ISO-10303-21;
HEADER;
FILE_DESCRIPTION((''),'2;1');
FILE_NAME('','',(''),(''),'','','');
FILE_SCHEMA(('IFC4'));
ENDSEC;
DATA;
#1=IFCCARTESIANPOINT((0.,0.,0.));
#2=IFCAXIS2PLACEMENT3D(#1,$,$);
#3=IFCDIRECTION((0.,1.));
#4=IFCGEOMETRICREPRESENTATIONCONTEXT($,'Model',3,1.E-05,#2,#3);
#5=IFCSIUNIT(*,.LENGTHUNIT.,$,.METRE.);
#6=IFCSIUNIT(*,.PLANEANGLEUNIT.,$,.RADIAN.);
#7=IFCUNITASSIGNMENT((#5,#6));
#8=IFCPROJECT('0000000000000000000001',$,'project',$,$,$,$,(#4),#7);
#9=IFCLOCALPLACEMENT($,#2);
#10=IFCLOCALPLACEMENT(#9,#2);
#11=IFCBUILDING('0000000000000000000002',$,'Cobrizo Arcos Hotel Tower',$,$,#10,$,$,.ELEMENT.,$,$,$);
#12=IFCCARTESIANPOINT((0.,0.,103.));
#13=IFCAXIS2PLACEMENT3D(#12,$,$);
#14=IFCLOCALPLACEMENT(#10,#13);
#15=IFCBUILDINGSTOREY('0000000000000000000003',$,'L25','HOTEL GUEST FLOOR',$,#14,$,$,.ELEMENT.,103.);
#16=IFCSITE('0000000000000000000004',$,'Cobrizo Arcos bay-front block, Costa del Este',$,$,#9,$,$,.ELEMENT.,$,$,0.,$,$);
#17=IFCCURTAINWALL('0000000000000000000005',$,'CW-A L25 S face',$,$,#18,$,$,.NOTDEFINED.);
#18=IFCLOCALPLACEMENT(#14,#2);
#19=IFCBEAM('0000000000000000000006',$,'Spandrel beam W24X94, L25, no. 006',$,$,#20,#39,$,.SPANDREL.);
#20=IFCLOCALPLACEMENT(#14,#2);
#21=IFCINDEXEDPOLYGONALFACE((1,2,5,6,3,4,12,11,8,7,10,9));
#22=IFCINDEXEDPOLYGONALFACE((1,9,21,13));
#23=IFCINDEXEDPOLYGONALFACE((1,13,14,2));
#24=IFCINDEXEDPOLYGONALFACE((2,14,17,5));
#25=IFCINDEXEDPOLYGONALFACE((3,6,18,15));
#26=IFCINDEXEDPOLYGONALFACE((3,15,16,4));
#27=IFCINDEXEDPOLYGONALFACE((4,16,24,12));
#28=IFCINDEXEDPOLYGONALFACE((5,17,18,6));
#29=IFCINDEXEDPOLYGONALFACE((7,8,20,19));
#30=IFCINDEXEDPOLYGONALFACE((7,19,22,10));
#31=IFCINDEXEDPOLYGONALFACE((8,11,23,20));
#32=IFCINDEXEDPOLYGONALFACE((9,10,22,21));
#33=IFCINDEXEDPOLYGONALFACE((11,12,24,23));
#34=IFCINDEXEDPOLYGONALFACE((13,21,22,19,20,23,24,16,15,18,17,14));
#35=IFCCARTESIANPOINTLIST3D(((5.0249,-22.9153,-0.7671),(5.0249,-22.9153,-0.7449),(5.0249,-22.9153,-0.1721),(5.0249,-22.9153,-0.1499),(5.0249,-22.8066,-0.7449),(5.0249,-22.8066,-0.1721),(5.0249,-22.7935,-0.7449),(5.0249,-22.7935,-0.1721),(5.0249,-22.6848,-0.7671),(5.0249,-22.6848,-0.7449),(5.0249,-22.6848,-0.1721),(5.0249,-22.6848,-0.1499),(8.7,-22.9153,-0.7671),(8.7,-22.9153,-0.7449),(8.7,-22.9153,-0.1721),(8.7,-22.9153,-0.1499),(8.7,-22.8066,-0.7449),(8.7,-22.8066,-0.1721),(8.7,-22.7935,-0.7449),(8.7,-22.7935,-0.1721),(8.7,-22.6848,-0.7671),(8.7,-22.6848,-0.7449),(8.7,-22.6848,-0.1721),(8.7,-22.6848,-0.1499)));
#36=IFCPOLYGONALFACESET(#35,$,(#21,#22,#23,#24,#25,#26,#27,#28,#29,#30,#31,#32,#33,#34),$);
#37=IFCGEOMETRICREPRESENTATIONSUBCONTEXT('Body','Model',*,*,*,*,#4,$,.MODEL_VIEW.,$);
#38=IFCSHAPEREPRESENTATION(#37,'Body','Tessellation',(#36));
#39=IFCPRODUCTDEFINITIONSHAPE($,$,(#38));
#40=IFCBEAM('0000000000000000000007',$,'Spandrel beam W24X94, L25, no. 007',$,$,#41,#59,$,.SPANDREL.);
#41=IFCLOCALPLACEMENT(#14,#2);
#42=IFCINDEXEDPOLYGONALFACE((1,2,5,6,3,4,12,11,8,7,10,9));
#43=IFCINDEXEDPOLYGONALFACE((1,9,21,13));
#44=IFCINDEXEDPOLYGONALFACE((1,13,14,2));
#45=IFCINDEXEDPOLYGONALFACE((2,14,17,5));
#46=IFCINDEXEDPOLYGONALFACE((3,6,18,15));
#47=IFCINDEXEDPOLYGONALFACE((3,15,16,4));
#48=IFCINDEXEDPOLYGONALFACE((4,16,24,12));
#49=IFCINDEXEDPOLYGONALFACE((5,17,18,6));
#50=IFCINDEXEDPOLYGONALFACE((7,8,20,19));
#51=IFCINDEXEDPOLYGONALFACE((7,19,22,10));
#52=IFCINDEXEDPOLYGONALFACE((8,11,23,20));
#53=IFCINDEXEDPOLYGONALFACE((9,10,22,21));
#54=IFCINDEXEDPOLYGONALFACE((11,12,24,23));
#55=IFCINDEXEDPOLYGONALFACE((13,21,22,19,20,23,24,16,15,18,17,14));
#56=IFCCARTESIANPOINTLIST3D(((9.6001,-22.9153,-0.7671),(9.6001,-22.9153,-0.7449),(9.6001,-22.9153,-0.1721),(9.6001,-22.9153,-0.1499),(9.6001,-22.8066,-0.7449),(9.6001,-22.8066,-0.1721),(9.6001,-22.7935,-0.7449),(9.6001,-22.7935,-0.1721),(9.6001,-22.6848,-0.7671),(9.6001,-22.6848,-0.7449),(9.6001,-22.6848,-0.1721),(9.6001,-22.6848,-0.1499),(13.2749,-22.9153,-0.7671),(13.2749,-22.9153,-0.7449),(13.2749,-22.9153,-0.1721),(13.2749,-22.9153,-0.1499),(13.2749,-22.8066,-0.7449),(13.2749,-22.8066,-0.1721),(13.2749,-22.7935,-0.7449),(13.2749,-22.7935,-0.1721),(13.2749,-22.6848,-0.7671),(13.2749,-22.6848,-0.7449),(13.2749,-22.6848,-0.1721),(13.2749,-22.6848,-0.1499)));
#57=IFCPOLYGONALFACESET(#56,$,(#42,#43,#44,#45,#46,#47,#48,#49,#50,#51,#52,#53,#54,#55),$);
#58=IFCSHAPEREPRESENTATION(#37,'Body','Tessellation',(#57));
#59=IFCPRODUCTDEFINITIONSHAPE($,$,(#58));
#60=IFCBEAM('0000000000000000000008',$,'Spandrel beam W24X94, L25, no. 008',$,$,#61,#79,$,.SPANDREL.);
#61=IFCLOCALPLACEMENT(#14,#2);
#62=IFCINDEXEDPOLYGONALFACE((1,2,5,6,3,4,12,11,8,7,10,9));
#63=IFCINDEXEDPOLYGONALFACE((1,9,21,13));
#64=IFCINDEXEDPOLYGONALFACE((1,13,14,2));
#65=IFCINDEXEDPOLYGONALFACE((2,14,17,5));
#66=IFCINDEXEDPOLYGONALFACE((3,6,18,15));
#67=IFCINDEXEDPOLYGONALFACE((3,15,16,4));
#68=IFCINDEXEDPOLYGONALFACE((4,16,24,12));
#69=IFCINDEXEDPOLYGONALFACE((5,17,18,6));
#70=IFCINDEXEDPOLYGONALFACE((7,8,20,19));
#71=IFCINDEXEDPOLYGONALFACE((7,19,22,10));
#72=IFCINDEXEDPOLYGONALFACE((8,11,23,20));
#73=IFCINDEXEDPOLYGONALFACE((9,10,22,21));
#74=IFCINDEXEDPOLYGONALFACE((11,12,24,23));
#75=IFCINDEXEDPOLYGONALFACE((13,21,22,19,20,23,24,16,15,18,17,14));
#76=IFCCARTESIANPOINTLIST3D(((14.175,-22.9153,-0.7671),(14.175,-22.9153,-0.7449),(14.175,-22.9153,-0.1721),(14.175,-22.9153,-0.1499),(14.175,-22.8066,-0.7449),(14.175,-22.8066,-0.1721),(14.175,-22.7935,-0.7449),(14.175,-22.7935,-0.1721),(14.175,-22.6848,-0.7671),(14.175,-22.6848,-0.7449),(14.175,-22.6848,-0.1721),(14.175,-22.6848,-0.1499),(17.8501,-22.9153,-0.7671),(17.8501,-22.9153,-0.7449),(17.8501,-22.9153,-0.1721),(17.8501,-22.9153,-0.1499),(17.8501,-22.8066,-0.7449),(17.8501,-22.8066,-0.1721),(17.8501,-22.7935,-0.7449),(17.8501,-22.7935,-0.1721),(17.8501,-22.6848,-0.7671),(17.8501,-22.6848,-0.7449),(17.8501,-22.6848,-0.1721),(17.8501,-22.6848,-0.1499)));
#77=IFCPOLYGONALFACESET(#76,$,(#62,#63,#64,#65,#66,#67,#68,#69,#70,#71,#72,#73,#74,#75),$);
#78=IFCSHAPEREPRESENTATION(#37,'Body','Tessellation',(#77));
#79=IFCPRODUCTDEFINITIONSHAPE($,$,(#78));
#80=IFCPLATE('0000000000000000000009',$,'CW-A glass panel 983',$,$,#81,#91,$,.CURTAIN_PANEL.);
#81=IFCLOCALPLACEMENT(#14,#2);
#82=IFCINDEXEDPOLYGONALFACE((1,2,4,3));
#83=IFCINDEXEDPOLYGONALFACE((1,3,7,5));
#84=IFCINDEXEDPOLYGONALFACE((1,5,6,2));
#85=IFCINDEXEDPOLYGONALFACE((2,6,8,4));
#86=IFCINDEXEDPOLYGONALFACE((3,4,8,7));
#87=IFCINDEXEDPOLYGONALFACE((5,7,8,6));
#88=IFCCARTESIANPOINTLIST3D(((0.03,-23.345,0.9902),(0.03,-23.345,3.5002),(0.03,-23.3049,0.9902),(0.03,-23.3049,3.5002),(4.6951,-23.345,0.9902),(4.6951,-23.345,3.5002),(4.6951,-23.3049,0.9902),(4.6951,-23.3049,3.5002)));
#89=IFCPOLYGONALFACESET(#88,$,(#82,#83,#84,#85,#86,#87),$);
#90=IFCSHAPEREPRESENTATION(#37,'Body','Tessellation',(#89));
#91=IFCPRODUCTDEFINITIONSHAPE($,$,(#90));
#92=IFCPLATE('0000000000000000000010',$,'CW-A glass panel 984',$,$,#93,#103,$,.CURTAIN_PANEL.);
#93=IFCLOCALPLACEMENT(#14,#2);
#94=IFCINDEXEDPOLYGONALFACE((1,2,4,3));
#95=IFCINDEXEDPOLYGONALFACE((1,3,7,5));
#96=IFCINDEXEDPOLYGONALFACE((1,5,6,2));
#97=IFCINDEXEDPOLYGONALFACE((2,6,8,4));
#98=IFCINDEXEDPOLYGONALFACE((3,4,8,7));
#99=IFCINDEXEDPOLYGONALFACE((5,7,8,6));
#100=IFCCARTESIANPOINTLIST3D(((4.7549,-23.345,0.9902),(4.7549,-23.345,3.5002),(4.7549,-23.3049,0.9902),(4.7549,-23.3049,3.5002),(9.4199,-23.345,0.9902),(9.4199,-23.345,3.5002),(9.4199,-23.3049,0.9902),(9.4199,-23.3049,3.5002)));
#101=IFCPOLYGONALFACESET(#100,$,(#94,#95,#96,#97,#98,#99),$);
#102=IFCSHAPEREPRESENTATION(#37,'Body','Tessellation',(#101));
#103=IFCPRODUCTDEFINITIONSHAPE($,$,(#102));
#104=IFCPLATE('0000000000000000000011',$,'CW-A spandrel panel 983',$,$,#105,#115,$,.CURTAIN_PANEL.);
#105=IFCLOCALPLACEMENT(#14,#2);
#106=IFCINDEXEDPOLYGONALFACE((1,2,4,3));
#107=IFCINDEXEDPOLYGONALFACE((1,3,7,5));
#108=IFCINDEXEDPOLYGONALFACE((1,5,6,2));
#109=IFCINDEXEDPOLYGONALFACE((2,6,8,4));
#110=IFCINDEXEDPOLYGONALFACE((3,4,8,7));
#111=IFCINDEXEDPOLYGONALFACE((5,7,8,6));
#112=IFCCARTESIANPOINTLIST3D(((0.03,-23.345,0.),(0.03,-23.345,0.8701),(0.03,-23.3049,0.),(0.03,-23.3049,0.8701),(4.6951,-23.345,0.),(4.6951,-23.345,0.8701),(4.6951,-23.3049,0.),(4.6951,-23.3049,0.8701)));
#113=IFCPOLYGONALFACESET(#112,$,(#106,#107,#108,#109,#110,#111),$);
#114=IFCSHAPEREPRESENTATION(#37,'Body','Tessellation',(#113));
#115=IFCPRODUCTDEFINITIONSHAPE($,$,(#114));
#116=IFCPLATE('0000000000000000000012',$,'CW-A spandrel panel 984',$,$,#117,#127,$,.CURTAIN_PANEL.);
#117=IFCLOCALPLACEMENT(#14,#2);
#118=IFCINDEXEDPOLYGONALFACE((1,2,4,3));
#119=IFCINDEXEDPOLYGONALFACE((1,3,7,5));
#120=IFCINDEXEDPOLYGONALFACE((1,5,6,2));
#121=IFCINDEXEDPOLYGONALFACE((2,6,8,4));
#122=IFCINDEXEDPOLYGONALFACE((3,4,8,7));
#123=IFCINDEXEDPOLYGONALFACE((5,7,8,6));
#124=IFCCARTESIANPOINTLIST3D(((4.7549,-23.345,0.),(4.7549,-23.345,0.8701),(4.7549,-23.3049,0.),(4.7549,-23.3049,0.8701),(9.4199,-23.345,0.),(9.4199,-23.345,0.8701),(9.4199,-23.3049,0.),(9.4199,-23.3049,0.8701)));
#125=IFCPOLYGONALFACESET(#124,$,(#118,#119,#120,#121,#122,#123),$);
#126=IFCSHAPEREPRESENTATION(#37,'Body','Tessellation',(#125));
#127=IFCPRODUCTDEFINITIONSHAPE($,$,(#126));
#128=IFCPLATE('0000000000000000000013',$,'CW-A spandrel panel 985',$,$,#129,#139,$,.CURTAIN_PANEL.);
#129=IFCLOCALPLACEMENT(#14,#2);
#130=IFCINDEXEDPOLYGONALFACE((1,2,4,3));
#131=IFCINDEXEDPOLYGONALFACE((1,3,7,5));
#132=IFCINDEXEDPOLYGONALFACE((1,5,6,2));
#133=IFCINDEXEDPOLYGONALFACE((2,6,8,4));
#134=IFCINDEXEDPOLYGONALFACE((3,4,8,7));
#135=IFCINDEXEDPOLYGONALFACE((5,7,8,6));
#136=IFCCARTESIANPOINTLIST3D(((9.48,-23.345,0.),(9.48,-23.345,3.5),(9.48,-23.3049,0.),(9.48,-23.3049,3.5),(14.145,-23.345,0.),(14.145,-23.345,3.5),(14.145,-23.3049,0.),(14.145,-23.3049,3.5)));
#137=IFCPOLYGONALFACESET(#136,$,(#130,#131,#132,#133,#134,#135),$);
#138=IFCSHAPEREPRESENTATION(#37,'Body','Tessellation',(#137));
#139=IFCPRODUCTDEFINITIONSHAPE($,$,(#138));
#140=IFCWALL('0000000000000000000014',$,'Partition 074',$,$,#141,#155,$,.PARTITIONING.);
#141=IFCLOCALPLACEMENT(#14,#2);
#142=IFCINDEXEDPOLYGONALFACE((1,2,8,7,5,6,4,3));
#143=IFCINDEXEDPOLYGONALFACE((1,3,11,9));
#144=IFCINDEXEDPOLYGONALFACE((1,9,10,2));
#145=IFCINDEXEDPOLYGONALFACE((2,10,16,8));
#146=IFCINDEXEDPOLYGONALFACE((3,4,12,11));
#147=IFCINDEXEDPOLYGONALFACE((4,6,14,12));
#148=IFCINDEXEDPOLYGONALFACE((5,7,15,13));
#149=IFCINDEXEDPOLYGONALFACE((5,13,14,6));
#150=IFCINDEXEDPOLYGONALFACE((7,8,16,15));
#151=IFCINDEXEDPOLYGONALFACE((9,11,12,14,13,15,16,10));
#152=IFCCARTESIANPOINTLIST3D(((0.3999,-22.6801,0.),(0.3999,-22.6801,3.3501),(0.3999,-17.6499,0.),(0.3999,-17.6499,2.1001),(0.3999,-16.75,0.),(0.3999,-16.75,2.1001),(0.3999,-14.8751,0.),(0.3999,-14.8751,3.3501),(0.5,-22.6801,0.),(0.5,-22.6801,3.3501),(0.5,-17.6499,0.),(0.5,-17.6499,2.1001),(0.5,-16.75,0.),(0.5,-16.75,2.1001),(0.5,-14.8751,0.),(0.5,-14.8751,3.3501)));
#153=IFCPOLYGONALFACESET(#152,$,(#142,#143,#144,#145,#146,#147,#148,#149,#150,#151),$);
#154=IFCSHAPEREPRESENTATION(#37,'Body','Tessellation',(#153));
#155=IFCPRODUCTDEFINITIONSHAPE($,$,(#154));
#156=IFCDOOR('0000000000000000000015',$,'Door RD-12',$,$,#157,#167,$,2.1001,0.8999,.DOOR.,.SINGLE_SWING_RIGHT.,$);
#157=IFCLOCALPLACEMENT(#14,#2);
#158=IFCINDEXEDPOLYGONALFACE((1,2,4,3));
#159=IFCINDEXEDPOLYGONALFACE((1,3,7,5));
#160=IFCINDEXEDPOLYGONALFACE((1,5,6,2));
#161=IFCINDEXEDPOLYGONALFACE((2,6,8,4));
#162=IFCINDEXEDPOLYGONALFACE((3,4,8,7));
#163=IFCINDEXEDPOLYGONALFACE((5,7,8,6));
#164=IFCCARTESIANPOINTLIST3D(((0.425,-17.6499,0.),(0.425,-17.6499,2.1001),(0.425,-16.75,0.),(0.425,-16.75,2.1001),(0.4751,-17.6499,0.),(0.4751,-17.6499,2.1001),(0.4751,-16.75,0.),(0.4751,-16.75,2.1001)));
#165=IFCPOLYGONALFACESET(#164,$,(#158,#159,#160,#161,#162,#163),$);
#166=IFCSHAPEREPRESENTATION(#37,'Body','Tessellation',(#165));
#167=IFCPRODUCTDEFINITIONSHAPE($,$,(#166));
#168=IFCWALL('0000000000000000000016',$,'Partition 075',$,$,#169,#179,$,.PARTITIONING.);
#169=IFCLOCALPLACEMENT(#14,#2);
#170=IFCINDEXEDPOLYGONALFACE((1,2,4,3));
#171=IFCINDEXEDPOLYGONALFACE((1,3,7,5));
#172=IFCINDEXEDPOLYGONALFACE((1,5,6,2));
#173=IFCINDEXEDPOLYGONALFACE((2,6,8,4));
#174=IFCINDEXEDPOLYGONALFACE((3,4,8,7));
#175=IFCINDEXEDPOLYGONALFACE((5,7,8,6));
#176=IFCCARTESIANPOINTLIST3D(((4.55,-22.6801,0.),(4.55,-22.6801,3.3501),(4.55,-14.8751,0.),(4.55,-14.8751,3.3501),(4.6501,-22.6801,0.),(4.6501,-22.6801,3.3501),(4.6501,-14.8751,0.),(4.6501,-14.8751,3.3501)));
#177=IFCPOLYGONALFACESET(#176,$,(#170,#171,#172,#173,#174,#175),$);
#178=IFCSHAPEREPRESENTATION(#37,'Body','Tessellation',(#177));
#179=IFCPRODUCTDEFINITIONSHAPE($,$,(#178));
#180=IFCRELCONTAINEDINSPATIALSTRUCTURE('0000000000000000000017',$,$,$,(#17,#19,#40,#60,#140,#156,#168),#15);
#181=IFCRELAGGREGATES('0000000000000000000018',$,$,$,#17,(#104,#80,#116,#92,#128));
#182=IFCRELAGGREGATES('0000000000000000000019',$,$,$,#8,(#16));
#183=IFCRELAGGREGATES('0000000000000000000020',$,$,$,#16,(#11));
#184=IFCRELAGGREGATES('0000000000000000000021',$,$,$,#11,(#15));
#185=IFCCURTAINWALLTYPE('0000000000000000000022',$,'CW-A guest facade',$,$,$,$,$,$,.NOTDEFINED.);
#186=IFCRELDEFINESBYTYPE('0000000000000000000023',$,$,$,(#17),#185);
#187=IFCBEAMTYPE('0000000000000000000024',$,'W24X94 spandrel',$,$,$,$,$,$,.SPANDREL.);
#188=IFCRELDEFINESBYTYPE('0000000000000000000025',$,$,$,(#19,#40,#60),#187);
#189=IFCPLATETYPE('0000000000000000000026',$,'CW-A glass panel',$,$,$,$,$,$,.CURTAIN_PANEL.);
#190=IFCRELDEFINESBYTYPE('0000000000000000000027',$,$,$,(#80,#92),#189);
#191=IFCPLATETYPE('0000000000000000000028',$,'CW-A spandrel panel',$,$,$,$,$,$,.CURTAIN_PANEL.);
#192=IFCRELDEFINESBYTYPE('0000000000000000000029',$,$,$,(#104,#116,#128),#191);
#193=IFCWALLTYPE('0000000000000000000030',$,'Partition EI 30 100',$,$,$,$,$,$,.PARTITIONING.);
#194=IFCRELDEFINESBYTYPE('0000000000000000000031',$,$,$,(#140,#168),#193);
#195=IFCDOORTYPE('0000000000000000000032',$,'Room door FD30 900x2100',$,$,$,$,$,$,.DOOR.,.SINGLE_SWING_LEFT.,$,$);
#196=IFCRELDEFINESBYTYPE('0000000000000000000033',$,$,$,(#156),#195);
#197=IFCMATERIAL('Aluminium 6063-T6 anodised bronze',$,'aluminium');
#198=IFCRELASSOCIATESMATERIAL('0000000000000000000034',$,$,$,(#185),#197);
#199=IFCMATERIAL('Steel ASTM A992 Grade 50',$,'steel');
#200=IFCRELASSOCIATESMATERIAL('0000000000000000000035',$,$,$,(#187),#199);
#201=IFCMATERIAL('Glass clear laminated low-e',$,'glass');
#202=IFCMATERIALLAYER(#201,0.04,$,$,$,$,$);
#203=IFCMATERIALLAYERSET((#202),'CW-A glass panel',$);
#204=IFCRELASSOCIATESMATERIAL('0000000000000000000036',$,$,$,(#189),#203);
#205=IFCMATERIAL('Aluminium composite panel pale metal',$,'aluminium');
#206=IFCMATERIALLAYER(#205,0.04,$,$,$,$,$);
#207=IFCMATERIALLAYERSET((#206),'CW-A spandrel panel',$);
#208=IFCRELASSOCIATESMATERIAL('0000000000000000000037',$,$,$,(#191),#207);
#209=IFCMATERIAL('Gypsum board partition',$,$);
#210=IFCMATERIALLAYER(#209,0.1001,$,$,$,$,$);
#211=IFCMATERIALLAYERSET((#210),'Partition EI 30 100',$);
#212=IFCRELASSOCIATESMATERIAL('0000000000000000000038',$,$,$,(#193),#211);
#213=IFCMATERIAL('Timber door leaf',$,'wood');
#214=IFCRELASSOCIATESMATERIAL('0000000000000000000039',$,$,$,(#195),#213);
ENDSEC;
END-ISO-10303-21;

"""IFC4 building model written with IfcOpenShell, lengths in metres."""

from ifc_helpers import new_model, si_unit, direction, frame, frame_2d, origin, origin_2d, place, context, subcontext, project, spatial, rectangle, i_section, extrude, material, layer, layer_set, material_profile, profile_set, type_object, element, fill, aggregate, save


model = new_model("IFC4")

# Units and contexts
model_context = context("Model", 3, precision=1e-05, world=origin(), true_north=direction((0.0, 1.0)))
body_context = subcontext(model_context, "Body", "Model", "MODEL_VIEW")
ifc_project = project(units=[si_unit("LENGTHUNIT", "METRE"), si_unit("PLANEANGLEUNIT", "RADIAN")], contexts=[model_context])

# Site, building, storey
site_placement = place(None, origin())
site = spatial("IfcSite", under=ifc_project, at=site_placement, Name="Cobrizo Arcos bay-front block, Costa del Este", CompositionType="ELEMENT", RefElevation=0.0)
building_placement = place(site_placement, origin())
building = spatial("IfcBuilding", under=site, at=building_placement, Name="Cobrizo Arcos Hotel Tower", CompositionType="ELEMENT")
storey_placement = place(building_placement, frame((0.0, 0.0, 103.0)))
storey = spatial("IfcBuildingStorey", under=building, at=storey_placement, Name="L25", Description="HOTEL GUEST FLOOR", CompositionType="ELEMENT", Elevation=103.0)

# Curtain wall
ifc_material_1 = material(Name="Aluminium 6063-T6 anodised bronze", Category="aluminium")
curtain_wall_type = type_object("IfcCurtainWallType", Name="CW-A guest facade", PredefinedType="NOTDEFINED", material=ifc_material_1)
curtain_wall_placement = place(storey_placement, origin())
curtain_wall = element("IfcCurtainWall", 1, at=curtain_wall_placement, inside=storey, type_object=curtain_wall_type, Name="CW-A L25 S face", PredefinedType="NOTDEFINED")

# Beams
ifc_material_2 = material(Name="Steel ASTM A992 Grade 50", Category="steel")
ifc_material_profile_1 = material_profile(ifc_material_2, i_section(OverallWidth=0.2305, OverallDepth=0.6172, WebThickness=0.0132, FlangeThickness=0.0222, at=origin_2d()), Name="W24X94")
ifc_profile_set_1 = profile_set([ifc_material_profile_1], Name="Steel ASTM A992 Grade 50")
beam_type_1 = type_object("IfcBeamType", Name="W24X94 spandrel", PredefinedType="SPANDREL", material=ifc_profile_set_1)
for number, where, z_axis, x_axis, name in (
    (2, (5.0249, -22.8, -0.4585), (1.0, 0.0, 0.0), (0.0, 1.0, 0.0), "Spandrel beam W24X94, L25, no. 006"),
):
    element("IfcBeam", number, at=place(storey_placement, frame(where, z_axis=z_axis, x_axis=x_axis)), inside=storey, type_object=beam_type_1, Name=name, PredefinedType="SPANDREL", context=body_context, shape_type="SweptSolid", body=[
        extrude(i_section(OverallWidth=0.2305, OverallDepth=0.6172, WebThickness=0.0132, FlangeThickness=0.0222, at=origin_2d()), origin(), (0.0, 0.0, 1.0), 3.675),
    ])
beam_1_placement = place(storey_placement, frame((9.6001, -22.8, -0.4585), z_axis=(1.0, 0.0, 0.0), x_axis=(0.0, 1.0, 0.0)))
element("IfcBeam", 3, at=beam_1_placement, inside=storey, type_object=beam_type_1, Name="Spandrel beam W24X94, L25, no. 007", PredefinedType="SPANDREL", context=body_context, shape_type="SweptSolid", body=[
    extrude(i_section(OverallWidth=0.2305, OverallDepth=0.6172, WebThickness=0.0132, FlangeThickness=0.0222, at=origin_2d()), origin(), (0.0, 0.0, 1.0), 3.6748),
])
beam_2_placement = place(storey_placement, frame((14.175, -22.8, -0.4585), z_axis=(1.0, 0.0, 0.0), x_axis=(0.0, 1.0, 0.0)))
element("IfcBeam", 4, at=beam_2_placement, inside=storey, type_object=beam_type_1, Name="Spandrel beam W24X94, L25, no. 008", PredefinedType="SPANDREL", context=body_context, shape_type="SweptSolid", body=[
    extrude(i_section(OverallWidth=0.2305, OverallDepth=0.6172, WebThickness=0.0132, FlangeThickness=0.0222, at=origin_2d()), origin(), (0.0, 0.0, 1.0), 3.675),
])

# Plates
ifc_material_3 = material(Name="Glass clear laminated low-e", Category="glass")
ifc_layer_1 = layer(ifc_material_3, 0.04)
ifc_layer_set_1 = layer_set([ifc_layer_1], Name="CW-A glass panel")
plate_type_1 = type_object("IfcPlateType", Name="CW-A glass panel", PredefinedType="CURTAIN_PANEL", material=ifc_layer_set_1)
plate_1_placement = place(storey_placement, frame((2.3625, -23.325, 0.9902), z_axis=(0.0, 0.0, 1.0), x_axis=(1.0, 0.0, 0.0)))
plate_1 = element("IfcPlate", 5, at=plate_1_placement, type_object=plate_type_1, Name="CW-A glass panel 983", PredefinedType="CURTAIN_PANEL", context=body_context, shape_type="SweptSolid", body=[
    extrude(rectangle(XDim=4.665, YDim=0.04, at=origin_2d()), origin(), (0.0, 0.0, 1.0), 2.51),
])
plate_2_placement = place(storey_placement, frame((7.0874, -23.325, 0.9902), z_axis=(0.0, 0.0, 1.0), x_axis=(1.0, 0.0, 0.0)))
plate_2 = element("IfcPlate", 6, at=plate_2_placement, type_object=plate_type_1, Name="CW-A glass panel 984", PredefinedType="CURTAIN_PANEL", context=body_context, shape_type="SweptSolid", body=[
    extrude(rectangle(XDim=4.665, YDim=0.04, at=origin_2d()), origin(), (0.0, 0.0, 1.0), 2.51),
])
ifc_material_4 = material(Name="Aluminium composite panel pale metal", Category="aluminium")
ifc_layer_2 = layer(ifc_material_4, 0.04)
ifc_layer_set_2 = layer_set([ifc_layer_2], Name="CW-A spandrel panel")
plate_type_2 = type_object("IfcPlateType", Name="CW-A spandrel panel", PredefinedType="CURTAIN_PANEL", material=ifc_layer_set_2)
plate_3_placement = place(storey_placement, frame((2.3625, -23.325, 0.0), z_axis=(0.0, 0.0, 1.0), x_axis=(1.0, 0.0, 0.0)))
plate_3 = element("IfcPlate", 7, at=plate_3_placement, type_object=plate_type_2, Name="CW-A spandrel panel 983", PredefinedType="CURTAIN_PANEL", context=body_context, shape_type="SweptSolid", body=[
    extrude(rectangle(XDim=4.665, YDim=0.04, at=origin_2d()), origin(), (0.0, 0.0, 1.0), 0.8701),
])
plate_4_placement = place(storey_placement, frame((7.0874, -23.325, 0.0), z_axis=(0.0, 0.0, 1.0), x_axis=(1.0, 0.0, 0.0)))
plate_4 = element("IfcPlate", 8, at=plate_4_placement, type_object=plate_type_2, Name="CW-A spandrel panel 984", PredefinedType="CURTAIN_PANEL", context=body_context, shape_type="SweptSolid", body=[
    extrude(rectangle(XDim=4.665, YDim=0.04, at=origin_2d()), origin(), (0.0, 0.0, 1.0), 0.8701),
])
plate_5_placement = place(storey_placement, frame((11.8125, -23.325, 0.0), z_axis=(0.0, 0.0, 1.0), x_axis=(1.0, 0.0, 0.0)))
plate_5 = element("IfcPlate", 9, at=plate_5_placement, type_object=plate_type_2, Name="CW-A spandrel panel 985", PredefinedType="CURTAIN_PANEL", context=body_context, shape_type="SweptSolid", body=[
    extrude(rectangle(XDim=4.665, YDim=0.04, at=origin_2d()), origin(), (0.0, 0.0, 1.0), 3.5),
])
aggregate(curtain_wall, [plate_3, plate_1, plate_4, plate_2, plate_5])

# Wall, opening, door
ifc_material_5 = material(Name="Gypsum board partition")
ifc_layer_3 = layer(ifc_material_5, 0.1001)
ifc_layer_set_3 = layer_set([ifc_layer_3], Name="Partition EI 30 100")
wall_type = type_object("IfcWallType", Name="Partition EI 30 100", PredefinedType="PARTITIONING", material=ifc_layer_set_3)
wall_1_placement = place(storey_placement, frame((0.45, -22.6799, 0.0), z_axis=(0.0, 0.0, 1.0), x_axis=(0.0, 1.0, 0.0)))
wall_1 = element("IfcWall", 10, at=wall_1_placement, inside=storey, type_object=wall_type, Name="Partition 074", PredefinedType="PARTITIONING", context=body_context, shape_type="SweptSolid", body=[
    extrude(rectangle(XDim=7.8049, YDim=0.1001, at=frame_2d((3.9023, 0.0))), origin(), (0.0, 0.0, 1.0), 3.3501),
])
opening_placement = place(wall_1_placement, frame((5.03, 0.0, 0.0)))
opening = element("IfcOpeningElement", 11, at=opening_placement, cuts=wall_1, PredefinedType="OPENING", context=body_context, shape_type="SweptSolid", body=[
    extrude(rectangle(XDim=0.8999, YDim=2.1001, at=frame_2d((0.45, 1.05))), frame((0.0, 0.062, 0.0), z_axis=(0.0, -1.0, 0.0), x_axis=(1.0, 0.0, 0.0)), (0.0, 0.0, 1.0), 0.124),
])
ifc_material_6 = material(Name="Timber door leaf", Category="wood")
door_type = type_object("IfcDoorType", Name="Room door FD30 900x2100", OperationType="SINGLE_SWING_LEFT", PredefinedType="DOOR", material=ifc_material_6)
door_placement = place(opening_placement, origin())
door = element("IfcDoor", 12, at=door_placement, inside=storey, type_object=door_type, Name="Door RD-12", OperationType="SINGLE_SWING_RIGHT", OverallHeight=2.1001, OverallWidth=0.8999, PredefinedType="DOOR", context=body_context, shape_type="SweptSolid", body=[
    extrude(rectangle(XDim=0.8999, YDim=2.1001, at=frame_2d((0.45, 1.05))), frame((0.0, 0.0249, 0.0), z_axis=(0.0, -1.0, 0.0), x_axis=(1.0, 0.0, 0.0)), (0.0, 0.0, 1.0), 0.05),
])
fill(opening, door)

# Wall
wall_2_placement = place(storey_placement, frame((4.6001, -22.6799, 0.0), z_axis=(0.0, 0.0, 1.0), x_axis=(0.0, 1.0, 0.0)))
element("IfcWall", 13, at=wall_2_placement, inside=storey, type_object=wall_type, Name="Partition 075", PredefinedType="PARTITIONING", context=body_context, shape_type="SweptSolid", body=[
    extrude(rectangle(XDim=7.8049, YDim=0.1001, at=frame_2d((3.9023, 0.0))), origin(), (0.0, 0.0, 1.0), 3.3501),
])

save(model, "model.ifc")
